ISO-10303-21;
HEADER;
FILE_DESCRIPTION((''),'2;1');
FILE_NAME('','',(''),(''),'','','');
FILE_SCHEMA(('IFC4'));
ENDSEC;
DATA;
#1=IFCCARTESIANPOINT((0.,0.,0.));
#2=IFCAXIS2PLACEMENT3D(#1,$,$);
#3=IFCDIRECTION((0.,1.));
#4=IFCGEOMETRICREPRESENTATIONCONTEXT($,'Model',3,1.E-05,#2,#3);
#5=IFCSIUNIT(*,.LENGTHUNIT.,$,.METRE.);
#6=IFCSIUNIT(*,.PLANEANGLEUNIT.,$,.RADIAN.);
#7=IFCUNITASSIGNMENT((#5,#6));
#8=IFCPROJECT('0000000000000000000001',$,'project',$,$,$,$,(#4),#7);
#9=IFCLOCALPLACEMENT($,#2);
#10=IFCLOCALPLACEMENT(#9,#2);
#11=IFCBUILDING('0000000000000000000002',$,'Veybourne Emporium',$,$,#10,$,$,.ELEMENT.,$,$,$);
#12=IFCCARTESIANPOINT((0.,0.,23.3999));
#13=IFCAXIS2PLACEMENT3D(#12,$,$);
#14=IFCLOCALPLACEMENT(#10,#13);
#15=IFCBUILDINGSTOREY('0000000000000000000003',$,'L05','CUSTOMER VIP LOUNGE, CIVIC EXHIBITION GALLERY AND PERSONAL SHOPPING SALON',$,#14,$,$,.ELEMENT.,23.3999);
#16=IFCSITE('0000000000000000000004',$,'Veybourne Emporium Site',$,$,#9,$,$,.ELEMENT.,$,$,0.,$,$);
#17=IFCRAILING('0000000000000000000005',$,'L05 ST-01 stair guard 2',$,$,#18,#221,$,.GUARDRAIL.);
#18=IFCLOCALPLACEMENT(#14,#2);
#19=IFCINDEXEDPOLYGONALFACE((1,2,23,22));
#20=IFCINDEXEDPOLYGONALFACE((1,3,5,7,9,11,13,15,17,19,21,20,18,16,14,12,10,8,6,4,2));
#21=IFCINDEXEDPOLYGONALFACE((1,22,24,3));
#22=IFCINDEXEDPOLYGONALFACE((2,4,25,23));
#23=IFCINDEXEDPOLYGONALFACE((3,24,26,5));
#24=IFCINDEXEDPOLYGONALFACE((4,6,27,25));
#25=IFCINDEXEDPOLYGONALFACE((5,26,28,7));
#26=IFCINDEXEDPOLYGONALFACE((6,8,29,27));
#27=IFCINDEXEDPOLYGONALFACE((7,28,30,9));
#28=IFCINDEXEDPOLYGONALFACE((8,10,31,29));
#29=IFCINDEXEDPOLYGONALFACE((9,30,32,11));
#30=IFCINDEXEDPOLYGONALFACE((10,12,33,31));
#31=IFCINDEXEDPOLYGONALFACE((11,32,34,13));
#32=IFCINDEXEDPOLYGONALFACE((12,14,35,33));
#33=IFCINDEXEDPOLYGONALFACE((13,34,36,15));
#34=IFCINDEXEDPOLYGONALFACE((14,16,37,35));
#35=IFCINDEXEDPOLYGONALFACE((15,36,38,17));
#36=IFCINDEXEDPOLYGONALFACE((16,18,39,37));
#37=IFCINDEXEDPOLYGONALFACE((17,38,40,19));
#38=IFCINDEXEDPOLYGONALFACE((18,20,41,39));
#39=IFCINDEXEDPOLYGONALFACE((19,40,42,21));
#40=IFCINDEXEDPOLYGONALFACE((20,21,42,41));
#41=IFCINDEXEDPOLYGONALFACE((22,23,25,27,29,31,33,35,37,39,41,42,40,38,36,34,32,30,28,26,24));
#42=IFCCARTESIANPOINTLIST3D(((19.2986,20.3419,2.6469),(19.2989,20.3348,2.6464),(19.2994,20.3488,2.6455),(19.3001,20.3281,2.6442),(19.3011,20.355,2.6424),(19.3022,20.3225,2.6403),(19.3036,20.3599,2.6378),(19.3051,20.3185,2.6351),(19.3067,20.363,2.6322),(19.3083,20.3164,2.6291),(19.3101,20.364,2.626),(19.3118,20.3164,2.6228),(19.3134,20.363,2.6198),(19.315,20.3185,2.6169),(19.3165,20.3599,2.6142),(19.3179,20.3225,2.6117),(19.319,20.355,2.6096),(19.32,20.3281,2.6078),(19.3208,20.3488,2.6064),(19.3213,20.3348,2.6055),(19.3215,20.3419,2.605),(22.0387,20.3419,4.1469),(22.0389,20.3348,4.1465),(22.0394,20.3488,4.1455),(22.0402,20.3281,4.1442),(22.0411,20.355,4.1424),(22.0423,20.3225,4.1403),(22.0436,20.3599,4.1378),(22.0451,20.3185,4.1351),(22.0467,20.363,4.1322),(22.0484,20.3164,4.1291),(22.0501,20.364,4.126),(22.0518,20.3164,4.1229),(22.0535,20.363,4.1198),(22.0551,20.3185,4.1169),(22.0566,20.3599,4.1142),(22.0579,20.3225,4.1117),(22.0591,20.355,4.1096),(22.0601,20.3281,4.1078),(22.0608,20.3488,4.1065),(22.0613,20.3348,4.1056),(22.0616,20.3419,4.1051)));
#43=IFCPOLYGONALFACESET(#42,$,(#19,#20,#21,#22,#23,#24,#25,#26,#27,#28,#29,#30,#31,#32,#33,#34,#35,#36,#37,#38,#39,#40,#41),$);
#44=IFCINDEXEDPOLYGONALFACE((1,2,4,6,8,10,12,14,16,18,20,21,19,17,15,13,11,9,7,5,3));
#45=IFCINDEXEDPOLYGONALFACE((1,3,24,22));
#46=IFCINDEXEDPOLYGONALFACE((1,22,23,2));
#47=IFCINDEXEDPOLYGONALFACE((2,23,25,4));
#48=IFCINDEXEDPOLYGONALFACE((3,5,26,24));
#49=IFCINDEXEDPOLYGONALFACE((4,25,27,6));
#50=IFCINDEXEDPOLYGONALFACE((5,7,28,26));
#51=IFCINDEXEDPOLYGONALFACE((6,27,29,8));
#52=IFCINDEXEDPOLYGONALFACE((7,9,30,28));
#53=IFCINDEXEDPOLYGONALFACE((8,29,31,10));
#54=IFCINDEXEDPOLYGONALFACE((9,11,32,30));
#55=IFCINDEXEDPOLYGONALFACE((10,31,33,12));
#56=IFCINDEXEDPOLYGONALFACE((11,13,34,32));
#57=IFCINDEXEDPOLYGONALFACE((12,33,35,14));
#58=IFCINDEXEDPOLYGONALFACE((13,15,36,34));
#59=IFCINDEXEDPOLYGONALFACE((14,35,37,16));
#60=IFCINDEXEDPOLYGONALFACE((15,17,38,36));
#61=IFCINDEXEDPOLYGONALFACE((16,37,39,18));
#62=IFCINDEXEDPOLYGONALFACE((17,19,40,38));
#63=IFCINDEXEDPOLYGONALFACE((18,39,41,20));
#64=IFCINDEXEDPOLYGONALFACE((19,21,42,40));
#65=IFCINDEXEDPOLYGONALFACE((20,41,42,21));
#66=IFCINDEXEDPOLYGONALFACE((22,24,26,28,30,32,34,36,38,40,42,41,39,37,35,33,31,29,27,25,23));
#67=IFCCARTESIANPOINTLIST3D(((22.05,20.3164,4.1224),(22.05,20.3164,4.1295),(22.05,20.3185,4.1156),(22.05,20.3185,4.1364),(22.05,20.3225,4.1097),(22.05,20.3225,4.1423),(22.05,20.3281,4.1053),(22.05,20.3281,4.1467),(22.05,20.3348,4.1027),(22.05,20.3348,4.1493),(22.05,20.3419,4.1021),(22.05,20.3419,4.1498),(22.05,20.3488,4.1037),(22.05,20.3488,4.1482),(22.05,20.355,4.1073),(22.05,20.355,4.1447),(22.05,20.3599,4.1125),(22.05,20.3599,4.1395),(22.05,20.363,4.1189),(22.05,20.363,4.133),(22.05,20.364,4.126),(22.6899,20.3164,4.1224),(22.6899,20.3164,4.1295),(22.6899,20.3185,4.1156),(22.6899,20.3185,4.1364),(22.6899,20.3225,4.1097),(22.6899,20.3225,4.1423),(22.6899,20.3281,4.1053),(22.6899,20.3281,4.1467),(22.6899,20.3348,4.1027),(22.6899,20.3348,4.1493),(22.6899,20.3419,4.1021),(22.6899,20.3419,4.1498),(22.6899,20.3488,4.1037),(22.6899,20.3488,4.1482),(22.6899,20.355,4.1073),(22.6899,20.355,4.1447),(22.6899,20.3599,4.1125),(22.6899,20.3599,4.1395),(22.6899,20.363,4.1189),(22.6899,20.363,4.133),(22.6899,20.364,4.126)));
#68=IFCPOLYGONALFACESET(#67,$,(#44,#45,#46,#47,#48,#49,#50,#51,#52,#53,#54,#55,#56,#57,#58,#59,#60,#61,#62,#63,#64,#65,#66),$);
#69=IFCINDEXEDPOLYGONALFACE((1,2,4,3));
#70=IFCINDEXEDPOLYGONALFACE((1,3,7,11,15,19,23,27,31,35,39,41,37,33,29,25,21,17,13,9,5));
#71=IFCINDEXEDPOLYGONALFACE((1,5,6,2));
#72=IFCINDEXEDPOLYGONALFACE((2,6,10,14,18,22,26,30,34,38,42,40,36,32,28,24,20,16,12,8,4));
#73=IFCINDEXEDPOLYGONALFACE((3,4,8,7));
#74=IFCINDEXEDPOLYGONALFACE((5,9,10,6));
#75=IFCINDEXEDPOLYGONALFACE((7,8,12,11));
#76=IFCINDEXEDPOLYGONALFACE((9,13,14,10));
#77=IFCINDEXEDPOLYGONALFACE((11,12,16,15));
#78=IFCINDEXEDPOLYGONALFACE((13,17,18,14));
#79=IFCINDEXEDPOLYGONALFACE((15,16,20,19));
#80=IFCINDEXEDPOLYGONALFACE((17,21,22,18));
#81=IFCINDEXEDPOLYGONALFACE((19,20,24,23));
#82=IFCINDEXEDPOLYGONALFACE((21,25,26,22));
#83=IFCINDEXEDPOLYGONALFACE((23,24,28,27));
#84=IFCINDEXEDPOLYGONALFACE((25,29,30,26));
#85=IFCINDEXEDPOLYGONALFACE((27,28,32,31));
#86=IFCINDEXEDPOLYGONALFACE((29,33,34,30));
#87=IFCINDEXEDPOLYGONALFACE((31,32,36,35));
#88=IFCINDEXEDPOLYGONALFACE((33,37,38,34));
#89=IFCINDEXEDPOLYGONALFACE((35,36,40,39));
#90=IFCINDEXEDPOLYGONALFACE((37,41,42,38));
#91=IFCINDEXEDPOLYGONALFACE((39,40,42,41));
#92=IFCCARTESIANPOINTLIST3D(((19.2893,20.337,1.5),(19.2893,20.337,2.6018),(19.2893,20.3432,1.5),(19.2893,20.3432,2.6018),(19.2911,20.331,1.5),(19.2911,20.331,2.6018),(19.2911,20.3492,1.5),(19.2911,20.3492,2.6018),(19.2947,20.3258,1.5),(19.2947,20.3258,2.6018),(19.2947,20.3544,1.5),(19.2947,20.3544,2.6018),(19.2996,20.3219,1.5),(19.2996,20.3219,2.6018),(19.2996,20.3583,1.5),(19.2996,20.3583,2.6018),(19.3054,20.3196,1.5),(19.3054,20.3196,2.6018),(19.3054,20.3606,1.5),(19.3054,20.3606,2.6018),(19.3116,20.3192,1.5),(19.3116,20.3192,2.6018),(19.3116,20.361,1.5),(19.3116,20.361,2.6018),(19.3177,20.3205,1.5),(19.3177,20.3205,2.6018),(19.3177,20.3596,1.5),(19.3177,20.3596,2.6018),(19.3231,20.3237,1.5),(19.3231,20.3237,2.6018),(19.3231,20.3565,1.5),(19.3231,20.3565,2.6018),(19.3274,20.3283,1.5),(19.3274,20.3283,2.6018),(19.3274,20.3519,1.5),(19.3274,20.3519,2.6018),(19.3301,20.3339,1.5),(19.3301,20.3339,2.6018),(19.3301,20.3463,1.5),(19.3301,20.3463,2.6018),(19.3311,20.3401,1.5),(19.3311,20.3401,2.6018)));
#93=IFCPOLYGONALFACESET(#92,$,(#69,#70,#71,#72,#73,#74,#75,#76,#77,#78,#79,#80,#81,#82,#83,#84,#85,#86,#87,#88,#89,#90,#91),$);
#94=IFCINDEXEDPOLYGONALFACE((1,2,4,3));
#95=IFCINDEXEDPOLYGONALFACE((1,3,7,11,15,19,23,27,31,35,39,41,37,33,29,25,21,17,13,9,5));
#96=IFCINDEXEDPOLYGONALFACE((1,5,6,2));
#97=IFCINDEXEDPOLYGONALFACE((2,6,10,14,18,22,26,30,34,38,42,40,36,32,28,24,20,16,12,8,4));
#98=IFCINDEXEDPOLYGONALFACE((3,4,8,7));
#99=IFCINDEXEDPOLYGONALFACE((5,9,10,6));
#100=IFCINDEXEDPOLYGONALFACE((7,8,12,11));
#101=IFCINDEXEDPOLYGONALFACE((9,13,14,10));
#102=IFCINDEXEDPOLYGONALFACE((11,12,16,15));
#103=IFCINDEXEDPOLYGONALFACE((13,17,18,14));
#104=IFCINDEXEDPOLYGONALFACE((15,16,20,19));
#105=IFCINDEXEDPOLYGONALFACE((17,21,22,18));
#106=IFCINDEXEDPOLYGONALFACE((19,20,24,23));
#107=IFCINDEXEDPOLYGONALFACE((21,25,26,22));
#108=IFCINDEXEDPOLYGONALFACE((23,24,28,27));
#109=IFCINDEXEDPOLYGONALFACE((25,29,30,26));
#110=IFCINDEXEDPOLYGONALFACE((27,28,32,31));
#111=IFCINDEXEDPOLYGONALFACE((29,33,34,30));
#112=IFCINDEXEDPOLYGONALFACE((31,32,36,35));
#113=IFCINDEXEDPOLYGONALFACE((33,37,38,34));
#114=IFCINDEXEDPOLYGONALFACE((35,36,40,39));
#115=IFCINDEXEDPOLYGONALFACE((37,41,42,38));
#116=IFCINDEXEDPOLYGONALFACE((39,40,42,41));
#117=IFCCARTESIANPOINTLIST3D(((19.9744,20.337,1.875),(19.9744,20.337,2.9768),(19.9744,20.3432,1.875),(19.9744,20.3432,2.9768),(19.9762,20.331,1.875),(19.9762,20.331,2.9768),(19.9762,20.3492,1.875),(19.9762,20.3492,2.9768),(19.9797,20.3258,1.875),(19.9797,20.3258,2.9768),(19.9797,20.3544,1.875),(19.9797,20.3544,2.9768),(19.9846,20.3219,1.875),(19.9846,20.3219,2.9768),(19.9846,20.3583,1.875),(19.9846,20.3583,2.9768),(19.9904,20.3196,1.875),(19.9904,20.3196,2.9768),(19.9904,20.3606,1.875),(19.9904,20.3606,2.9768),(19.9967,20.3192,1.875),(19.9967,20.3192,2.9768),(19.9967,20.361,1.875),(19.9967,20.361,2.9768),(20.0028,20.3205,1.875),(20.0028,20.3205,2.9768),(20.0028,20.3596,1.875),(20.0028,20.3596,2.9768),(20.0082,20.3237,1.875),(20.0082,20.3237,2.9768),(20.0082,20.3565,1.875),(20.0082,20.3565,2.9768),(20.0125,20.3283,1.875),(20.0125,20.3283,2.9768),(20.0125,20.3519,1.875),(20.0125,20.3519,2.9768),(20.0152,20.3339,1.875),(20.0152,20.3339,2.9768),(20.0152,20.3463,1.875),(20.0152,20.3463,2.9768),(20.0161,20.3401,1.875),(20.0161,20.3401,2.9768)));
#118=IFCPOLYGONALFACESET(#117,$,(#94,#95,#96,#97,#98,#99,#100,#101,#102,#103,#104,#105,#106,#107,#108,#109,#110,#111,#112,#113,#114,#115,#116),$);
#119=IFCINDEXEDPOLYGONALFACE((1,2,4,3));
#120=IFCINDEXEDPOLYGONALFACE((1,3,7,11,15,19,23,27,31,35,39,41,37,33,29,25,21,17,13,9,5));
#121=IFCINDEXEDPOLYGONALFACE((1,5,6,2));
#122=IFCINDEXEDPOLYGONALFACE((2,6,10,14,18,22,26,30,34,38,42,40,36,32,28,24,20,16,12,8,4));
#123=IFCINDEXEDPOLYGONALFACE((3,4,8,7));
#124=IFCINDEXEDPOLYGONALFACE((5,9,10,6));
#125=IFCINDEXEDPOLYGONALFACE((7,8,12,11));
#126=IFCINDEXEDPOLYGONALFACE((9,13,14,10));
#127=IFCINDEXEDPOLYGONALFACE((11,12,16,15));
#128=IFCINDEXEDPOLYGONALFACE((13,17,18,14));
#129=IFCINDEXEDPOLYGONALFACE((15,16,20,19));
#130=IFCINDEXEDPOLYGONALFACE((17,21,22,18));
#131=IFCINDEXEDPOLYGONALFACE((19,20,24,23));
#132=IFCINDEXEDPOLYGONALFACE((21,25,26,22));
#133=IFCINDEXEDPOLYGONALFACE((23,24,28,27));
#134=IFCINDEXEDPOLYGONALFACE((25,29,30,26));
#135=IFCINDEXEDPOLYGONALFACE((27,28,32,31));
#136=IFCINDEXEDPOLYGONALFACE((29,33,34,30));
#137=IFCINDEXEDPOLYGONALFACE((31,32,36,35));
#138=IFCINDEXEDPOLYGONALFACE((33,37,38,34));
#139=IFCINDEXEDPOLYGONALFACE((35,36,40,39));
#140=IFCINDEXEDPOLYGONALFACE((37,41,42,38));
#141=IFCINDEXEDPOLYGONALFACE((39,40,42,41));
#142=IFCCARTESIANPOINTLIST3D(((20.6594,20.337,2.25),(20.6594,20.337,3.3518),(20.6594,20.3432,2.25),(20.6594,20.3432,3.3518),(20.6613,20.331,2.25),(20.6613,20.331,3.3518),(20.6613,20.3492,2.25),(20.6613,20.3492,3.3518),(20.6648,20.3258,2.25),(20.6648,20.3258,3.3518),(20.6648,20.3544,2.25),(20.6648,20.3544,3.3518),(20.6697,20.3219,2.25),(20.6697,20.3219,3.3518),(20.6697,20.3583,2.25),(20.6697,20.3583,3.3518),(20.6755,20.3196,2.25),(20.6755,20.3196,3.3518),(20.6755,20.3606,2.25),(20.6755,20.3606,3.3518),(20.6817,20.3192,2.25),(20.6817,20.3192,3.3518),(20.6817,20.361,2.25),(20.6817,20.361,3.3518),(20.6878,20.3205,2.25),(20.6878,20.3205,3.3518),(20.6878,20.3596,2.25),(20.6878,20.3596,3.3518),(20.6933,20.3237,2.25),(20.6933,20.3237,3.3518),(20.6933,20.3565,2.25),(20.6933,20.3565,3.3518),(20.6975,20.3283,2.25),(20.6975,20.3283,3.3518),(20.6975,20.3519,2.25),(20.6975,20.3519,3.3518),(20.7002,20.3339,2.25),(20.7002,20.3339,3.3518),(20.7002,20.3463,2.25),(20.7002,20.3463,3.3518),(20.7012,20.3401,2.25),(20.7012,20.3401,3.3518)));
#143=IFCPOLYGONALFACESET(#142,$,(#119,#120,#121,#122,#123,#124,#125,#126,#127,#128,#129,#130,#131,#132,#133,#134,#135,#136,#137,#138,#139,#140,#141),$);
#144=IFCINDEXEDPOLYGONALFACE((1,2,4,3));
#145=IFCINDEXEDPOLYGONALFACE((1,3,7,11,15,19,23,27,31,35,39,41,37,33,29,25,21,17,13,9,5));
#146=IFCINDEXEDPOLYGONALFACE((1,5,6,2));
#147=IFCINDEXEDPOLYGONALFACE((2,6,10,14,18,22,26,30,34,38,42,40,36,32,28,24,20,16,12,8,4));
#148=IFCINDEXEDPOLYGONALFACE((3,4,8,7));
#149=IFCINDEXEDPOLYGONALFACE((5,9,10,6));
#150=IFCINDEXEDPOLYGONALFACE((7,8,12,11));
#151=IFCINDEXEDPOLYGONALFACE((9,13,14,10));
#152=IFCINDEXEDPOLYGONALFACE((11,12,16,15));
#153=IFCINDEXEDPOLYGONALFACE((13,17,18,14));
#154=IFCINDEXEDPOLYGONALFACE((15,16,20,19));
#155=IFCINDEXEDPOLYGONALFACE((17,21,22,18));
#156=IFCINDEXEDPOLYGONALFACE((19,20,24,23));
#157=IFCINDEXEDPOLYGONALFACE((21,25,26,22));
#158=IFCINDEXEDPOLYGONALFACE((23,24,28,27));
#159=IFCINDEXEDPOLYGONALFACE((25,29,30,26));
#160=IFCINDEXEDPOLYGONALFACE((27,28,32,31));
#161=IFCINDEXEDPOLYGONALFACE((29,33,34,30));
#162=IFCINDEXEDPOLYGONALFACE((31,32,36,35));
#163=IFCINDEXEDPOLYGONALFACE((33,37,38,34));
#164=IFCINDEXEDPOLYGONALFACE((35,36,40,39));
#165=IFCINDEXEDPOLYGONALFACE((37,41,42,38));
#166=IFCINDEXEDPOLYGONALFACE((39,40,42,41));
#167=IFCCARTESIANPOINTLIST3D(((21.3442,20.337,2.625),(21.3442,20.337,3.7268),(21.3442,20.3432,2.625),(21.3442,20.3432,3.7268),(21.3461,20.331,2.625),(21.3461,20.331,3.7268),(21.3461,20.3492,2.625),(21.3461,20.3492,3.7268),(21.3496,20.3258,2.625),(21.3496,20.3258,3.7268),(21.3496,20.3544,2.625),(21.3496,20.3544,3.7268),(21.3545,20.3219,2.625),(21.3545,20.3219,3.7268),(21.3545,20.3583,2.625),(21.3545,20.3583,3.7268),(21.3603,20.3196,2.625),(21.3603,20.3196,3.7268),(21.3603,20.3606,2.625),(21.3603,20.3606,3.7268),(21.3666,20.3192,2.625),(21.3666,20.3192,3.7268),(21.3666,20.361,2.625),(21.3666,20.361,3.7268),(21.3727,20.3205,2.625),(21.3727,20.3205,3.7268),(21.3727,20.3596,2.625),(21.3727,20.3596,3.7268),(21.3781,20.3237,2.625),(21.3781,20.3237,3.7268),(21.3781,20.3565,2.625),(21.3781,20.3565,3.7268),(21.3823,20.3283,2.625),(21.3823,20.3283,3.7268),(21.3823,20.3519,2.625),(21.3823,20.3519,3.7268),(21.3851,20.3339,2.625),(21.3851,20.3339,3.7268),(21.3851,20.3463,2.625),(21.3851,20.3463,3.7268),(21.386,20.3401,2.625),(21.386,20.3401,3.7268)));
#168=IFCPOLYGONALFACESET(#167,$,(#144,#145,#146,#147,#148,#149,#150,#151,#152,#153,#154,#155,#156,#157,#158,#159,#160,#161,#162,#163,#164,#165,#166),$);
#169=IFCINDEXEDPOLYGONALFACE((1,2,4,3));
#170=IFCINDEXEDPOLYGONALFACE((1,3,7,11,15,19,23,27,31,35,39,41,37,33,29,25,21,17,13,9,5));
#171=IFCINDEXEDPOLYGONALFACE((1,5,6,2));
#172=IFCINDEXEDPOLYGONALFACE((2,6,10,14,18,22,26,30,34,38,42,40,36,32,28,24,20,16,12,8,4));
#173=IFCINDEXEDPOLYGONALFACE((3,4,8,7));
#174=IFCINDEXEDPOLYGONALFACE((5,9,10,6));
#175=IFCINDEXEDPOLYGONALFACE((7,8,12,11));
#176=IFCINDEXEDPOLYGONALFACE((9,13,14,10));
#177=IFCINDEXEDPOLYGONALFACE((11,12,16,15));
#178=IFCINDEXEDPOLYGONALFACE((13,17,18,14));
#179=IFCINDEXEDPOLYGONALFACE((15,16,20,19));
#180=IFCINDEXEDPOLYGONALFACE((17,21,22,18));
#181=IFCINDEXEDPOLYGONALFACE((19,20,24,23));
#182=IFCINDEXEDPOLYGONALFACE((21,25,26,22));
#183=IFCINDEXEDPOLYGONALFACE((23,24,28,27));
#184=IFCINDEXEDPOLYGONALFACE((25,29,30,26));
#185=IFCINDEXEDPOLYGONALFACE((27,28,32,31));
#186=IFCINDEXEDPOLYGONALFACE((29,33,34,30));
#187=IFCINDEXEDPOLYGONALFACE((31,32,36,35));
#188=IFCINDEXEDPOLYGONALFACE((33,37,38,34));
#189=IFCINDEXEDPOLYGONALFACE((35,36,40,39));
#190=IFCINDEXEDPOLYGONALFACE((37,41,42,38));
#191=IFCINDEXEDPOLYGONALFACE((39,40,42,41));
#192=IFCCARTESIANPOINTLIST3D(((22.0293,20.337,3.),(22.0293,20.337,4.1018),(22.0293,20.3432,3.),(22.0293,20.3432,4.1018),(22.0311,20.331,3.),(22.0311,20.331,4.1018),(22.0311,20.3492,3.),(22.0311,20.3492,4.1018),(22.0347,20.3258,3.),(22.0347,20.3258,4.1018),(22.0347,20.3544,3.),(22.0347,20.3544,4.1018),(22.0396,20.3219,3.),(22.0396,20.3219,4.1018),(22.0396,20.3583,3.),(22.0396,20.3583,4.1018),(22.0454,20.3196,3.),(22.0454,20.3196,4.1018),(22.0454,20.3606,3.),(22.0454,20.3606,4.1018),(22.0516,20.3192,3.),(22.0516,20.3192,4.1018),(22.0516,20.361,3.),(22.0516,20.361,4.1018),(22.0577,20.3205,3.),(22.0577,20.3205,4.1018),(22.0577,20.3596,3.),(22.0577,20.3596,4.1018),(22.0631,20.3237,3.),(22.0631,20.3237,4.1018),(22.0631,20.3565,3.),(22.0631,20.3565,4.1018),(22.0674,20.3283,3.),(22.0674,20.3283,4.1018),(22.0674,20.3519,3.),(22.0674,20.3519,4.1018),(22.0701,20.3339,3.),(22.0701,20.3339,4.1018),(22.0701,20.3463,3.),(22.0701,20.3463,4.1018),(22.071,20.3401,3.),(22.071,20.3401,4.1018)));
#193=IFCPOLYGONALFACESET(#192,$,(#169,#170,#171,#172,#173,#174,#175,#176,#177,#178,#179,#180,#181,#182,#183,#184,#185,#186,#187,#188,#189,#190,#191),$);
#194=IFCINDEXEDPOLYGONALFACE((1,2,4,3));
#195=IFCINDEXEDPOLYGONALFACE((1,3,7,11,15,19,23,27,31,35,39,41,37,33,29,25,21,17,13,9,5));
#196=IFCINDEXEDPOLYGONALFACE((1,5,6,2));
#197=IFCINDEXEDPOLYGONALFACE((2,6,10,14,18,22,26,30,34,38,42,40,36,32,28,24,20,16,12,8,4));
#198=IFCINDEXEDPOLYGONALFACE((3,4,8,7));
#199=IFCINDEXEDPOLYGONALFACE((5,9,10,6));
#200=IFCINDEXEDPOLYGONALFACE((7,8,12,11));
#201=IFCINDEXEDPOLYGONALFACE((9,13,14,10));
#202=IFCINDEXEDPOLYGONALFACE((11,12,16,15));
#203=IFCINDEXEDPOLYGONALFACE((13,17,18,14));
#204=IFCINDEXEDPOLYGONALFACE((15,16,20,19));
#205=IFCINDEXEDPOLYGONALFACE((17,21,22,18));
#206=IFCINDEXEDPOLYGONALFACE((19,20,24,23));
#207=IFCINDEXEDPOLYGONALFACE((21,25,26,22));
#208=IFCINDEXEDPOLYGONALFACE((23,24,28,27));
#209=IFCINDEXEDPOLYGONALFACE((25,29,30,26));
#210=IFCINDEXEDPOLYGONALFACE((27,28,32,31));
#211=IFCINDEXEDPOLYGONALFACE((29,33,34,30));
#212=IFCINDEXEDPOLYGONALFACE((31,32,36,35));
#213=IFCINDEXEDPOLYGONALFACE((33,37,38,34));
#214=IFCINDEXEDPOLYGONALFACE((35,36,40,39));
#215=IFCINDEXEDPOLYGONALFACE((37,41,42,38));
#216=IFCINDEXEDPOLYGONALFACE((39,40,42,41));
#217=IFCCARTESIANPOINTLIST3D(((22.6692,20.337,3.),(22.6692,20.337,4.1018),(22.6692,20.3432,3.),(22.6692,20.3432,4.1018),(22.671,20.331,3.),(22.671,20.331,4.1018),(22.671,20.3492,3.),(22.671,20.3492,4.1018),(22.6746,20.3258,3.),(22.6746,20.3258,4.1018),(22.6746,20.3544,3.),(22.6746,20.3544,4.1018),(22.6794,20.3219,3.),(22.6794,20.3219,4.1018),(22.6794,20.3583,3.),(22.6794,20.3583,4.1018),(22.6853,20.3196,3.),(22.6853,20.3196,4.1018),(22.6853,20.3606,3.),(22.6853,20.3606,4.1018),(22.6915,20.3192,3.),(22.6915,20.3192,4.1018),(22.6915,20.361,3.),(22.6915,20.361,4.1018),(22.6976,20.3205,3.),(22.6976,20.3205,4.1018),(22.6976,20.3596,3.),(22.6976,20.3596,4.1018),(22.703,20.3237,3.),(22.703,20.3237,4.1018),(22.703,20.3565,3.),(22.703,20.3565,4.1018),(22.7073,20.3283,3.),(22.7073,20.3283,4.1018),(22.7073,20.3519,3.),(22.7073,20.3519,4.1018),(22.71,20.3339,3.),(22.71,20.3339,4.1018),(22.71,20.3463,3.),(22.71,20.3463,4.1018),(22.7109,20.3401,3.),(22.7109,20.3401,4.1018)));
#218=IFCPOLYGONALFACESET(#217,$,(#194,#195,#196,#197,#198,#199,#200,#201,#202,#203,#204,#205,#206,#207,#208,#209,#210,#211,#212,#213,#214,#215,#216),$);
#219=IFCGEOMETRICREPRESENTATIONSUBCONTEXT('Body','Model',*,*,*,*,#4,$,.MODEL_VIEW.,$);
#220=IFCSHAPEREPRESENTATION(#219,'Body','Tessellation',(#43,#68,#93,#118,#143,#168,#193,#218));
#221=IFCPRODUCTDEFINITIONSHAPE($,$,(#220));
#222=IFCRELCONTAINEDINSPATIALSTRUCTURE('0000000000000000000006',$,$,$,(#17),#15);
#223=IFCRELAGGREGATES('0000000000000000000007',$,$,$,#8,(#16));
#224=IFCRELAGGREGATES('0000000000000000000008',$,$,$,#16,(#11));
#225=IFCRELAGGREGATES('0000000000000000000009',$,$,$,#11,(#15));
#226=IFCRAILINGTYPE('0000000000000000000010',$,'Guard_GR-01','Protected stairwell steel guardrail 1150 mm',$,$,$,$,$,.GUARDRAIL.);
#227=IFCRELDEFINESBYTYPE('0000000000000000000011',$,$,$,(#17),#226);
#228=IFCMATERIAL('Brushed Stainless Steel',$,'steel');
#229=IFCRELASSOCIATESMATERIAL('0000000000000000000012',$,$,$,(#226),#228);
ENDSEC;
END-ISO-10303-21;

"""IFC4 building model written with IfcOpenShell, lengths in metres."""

from ifc_helpers import new_model, si_unit, direction, frame, origin, origin_2d, place, context, subcontext, project, spatial, circle, extrude, material, type_object, element, save


model = new_model("IFC4")

# Units and contexts
model_context = context("Model", 3, precision=1e-05, world=origin(), true_north=direction((0.0, 1.0)))
body_context = subcontext(model_context, "Body", "Model", "MODEL_VIEW")
ifc_project = project(units=[si_unit("LENGTHUNIT", "METRE"), si_unit("PLANEANGLEUNIT", "RADIAN")], contexts=[model_context])

# Site, building, storey
site_placement = place(None, origin())
site = spatial("IfcSite", under=ifc_project, at=site_placement, Name="Veybourne Emporium Site", CompositionType="ELEMENT", RefElevation=0.0)
building_placement = place(site_placement, origin())
building = spatial("IfcBuilding", under=site, at=building_placement, Name="Veybourne Emporium", CompositionType="ELEMENT")
storey_placement = place(building_placement, frame((0.0, 0.0, 23.3999)))
storey = spatial("IfcBuildingStorey", under=building, at=storey_placement, Name="L05", Description="CUSTOMER VIP LOUNGE, CIVIC EXHIBITION GALLERY AND PERSONAL SHOPPING SALON", CompositionType="ELEMENT", Elevation=23.3999)

# Railing
ifc_material_1 = material(Name="Brushed Stainless Steel", Category="steel")
railing_type_1 = type_object("IfcRailingType", Name="Guard_GR-01", Description="Protected stairwell steel guardrail 1150 mm", PredefinedType="GUARDRAIL", material=ifc_material_1)
railing_1_placement = place(storey_placement, frame((19.3101, 20.3401, 1.5)))
element("IfcRailing", 1, at=railing_1_placement, inside=storey, type_object=railing_type_1, Name="L05 ST-01 stair guard 2", PredefinedType="GUARDRAIL", context=body_context, shape_type="SweptSolid", body=[
    extrude(circle(Radius=0.0239, at=origin_2d()), frame((0.0, 0.0, 1.126), z_axis=(0.87716, 0.0, 0.480199), x_axis=(0.0, 1.0, 0.0)), (0.0, 0.0, 1.0), 3.1238),
    extrude(circle(Radius=0.0239, at=origin_2d()), frame((2.74, 0.0, 2.626), z_axis=(1.0, 0.0, 0.0), x_axis=(0.0, 1.0, 0.0)), (0.0, 0.0, 1.0), 0.6399),
    extrude(circle(Radius=0.021, at=origin_2d()), origin(), (0.0, 0.0, 1.0), 1.1018),
    extrude(circle(Radius=0.021, at=origin_2d()), frame((0.6851, 0.0, 0.375)), (0.0, 0.0, 1.0), 1.1018),
    extrude(circle(Radius=0.021, at=origin_2d()), frame((1.3701, 0.0, 0.75)), (0.0, 0.0, 1.0), 1.1018),
    extrude(circle(Radius=0.021, at=origin_2d()), frame((2.0549, 0.0, 1.125)), (0.0, 0.0, 1.0), 1.1018),
    extrude(circle(Radius=0.021, at=origin_2d()), frame((2.74, 0.0, 1.5)), (0.0, 0.0, 1.0), 1.1018),
    extrude(circle(Radius=0.021, at=origin_2d()), frame((3.3799, 0.0, 1.5)), (0.0, 0.0, 1.0), 1.1018),
])

save(model, "model.ifc")
